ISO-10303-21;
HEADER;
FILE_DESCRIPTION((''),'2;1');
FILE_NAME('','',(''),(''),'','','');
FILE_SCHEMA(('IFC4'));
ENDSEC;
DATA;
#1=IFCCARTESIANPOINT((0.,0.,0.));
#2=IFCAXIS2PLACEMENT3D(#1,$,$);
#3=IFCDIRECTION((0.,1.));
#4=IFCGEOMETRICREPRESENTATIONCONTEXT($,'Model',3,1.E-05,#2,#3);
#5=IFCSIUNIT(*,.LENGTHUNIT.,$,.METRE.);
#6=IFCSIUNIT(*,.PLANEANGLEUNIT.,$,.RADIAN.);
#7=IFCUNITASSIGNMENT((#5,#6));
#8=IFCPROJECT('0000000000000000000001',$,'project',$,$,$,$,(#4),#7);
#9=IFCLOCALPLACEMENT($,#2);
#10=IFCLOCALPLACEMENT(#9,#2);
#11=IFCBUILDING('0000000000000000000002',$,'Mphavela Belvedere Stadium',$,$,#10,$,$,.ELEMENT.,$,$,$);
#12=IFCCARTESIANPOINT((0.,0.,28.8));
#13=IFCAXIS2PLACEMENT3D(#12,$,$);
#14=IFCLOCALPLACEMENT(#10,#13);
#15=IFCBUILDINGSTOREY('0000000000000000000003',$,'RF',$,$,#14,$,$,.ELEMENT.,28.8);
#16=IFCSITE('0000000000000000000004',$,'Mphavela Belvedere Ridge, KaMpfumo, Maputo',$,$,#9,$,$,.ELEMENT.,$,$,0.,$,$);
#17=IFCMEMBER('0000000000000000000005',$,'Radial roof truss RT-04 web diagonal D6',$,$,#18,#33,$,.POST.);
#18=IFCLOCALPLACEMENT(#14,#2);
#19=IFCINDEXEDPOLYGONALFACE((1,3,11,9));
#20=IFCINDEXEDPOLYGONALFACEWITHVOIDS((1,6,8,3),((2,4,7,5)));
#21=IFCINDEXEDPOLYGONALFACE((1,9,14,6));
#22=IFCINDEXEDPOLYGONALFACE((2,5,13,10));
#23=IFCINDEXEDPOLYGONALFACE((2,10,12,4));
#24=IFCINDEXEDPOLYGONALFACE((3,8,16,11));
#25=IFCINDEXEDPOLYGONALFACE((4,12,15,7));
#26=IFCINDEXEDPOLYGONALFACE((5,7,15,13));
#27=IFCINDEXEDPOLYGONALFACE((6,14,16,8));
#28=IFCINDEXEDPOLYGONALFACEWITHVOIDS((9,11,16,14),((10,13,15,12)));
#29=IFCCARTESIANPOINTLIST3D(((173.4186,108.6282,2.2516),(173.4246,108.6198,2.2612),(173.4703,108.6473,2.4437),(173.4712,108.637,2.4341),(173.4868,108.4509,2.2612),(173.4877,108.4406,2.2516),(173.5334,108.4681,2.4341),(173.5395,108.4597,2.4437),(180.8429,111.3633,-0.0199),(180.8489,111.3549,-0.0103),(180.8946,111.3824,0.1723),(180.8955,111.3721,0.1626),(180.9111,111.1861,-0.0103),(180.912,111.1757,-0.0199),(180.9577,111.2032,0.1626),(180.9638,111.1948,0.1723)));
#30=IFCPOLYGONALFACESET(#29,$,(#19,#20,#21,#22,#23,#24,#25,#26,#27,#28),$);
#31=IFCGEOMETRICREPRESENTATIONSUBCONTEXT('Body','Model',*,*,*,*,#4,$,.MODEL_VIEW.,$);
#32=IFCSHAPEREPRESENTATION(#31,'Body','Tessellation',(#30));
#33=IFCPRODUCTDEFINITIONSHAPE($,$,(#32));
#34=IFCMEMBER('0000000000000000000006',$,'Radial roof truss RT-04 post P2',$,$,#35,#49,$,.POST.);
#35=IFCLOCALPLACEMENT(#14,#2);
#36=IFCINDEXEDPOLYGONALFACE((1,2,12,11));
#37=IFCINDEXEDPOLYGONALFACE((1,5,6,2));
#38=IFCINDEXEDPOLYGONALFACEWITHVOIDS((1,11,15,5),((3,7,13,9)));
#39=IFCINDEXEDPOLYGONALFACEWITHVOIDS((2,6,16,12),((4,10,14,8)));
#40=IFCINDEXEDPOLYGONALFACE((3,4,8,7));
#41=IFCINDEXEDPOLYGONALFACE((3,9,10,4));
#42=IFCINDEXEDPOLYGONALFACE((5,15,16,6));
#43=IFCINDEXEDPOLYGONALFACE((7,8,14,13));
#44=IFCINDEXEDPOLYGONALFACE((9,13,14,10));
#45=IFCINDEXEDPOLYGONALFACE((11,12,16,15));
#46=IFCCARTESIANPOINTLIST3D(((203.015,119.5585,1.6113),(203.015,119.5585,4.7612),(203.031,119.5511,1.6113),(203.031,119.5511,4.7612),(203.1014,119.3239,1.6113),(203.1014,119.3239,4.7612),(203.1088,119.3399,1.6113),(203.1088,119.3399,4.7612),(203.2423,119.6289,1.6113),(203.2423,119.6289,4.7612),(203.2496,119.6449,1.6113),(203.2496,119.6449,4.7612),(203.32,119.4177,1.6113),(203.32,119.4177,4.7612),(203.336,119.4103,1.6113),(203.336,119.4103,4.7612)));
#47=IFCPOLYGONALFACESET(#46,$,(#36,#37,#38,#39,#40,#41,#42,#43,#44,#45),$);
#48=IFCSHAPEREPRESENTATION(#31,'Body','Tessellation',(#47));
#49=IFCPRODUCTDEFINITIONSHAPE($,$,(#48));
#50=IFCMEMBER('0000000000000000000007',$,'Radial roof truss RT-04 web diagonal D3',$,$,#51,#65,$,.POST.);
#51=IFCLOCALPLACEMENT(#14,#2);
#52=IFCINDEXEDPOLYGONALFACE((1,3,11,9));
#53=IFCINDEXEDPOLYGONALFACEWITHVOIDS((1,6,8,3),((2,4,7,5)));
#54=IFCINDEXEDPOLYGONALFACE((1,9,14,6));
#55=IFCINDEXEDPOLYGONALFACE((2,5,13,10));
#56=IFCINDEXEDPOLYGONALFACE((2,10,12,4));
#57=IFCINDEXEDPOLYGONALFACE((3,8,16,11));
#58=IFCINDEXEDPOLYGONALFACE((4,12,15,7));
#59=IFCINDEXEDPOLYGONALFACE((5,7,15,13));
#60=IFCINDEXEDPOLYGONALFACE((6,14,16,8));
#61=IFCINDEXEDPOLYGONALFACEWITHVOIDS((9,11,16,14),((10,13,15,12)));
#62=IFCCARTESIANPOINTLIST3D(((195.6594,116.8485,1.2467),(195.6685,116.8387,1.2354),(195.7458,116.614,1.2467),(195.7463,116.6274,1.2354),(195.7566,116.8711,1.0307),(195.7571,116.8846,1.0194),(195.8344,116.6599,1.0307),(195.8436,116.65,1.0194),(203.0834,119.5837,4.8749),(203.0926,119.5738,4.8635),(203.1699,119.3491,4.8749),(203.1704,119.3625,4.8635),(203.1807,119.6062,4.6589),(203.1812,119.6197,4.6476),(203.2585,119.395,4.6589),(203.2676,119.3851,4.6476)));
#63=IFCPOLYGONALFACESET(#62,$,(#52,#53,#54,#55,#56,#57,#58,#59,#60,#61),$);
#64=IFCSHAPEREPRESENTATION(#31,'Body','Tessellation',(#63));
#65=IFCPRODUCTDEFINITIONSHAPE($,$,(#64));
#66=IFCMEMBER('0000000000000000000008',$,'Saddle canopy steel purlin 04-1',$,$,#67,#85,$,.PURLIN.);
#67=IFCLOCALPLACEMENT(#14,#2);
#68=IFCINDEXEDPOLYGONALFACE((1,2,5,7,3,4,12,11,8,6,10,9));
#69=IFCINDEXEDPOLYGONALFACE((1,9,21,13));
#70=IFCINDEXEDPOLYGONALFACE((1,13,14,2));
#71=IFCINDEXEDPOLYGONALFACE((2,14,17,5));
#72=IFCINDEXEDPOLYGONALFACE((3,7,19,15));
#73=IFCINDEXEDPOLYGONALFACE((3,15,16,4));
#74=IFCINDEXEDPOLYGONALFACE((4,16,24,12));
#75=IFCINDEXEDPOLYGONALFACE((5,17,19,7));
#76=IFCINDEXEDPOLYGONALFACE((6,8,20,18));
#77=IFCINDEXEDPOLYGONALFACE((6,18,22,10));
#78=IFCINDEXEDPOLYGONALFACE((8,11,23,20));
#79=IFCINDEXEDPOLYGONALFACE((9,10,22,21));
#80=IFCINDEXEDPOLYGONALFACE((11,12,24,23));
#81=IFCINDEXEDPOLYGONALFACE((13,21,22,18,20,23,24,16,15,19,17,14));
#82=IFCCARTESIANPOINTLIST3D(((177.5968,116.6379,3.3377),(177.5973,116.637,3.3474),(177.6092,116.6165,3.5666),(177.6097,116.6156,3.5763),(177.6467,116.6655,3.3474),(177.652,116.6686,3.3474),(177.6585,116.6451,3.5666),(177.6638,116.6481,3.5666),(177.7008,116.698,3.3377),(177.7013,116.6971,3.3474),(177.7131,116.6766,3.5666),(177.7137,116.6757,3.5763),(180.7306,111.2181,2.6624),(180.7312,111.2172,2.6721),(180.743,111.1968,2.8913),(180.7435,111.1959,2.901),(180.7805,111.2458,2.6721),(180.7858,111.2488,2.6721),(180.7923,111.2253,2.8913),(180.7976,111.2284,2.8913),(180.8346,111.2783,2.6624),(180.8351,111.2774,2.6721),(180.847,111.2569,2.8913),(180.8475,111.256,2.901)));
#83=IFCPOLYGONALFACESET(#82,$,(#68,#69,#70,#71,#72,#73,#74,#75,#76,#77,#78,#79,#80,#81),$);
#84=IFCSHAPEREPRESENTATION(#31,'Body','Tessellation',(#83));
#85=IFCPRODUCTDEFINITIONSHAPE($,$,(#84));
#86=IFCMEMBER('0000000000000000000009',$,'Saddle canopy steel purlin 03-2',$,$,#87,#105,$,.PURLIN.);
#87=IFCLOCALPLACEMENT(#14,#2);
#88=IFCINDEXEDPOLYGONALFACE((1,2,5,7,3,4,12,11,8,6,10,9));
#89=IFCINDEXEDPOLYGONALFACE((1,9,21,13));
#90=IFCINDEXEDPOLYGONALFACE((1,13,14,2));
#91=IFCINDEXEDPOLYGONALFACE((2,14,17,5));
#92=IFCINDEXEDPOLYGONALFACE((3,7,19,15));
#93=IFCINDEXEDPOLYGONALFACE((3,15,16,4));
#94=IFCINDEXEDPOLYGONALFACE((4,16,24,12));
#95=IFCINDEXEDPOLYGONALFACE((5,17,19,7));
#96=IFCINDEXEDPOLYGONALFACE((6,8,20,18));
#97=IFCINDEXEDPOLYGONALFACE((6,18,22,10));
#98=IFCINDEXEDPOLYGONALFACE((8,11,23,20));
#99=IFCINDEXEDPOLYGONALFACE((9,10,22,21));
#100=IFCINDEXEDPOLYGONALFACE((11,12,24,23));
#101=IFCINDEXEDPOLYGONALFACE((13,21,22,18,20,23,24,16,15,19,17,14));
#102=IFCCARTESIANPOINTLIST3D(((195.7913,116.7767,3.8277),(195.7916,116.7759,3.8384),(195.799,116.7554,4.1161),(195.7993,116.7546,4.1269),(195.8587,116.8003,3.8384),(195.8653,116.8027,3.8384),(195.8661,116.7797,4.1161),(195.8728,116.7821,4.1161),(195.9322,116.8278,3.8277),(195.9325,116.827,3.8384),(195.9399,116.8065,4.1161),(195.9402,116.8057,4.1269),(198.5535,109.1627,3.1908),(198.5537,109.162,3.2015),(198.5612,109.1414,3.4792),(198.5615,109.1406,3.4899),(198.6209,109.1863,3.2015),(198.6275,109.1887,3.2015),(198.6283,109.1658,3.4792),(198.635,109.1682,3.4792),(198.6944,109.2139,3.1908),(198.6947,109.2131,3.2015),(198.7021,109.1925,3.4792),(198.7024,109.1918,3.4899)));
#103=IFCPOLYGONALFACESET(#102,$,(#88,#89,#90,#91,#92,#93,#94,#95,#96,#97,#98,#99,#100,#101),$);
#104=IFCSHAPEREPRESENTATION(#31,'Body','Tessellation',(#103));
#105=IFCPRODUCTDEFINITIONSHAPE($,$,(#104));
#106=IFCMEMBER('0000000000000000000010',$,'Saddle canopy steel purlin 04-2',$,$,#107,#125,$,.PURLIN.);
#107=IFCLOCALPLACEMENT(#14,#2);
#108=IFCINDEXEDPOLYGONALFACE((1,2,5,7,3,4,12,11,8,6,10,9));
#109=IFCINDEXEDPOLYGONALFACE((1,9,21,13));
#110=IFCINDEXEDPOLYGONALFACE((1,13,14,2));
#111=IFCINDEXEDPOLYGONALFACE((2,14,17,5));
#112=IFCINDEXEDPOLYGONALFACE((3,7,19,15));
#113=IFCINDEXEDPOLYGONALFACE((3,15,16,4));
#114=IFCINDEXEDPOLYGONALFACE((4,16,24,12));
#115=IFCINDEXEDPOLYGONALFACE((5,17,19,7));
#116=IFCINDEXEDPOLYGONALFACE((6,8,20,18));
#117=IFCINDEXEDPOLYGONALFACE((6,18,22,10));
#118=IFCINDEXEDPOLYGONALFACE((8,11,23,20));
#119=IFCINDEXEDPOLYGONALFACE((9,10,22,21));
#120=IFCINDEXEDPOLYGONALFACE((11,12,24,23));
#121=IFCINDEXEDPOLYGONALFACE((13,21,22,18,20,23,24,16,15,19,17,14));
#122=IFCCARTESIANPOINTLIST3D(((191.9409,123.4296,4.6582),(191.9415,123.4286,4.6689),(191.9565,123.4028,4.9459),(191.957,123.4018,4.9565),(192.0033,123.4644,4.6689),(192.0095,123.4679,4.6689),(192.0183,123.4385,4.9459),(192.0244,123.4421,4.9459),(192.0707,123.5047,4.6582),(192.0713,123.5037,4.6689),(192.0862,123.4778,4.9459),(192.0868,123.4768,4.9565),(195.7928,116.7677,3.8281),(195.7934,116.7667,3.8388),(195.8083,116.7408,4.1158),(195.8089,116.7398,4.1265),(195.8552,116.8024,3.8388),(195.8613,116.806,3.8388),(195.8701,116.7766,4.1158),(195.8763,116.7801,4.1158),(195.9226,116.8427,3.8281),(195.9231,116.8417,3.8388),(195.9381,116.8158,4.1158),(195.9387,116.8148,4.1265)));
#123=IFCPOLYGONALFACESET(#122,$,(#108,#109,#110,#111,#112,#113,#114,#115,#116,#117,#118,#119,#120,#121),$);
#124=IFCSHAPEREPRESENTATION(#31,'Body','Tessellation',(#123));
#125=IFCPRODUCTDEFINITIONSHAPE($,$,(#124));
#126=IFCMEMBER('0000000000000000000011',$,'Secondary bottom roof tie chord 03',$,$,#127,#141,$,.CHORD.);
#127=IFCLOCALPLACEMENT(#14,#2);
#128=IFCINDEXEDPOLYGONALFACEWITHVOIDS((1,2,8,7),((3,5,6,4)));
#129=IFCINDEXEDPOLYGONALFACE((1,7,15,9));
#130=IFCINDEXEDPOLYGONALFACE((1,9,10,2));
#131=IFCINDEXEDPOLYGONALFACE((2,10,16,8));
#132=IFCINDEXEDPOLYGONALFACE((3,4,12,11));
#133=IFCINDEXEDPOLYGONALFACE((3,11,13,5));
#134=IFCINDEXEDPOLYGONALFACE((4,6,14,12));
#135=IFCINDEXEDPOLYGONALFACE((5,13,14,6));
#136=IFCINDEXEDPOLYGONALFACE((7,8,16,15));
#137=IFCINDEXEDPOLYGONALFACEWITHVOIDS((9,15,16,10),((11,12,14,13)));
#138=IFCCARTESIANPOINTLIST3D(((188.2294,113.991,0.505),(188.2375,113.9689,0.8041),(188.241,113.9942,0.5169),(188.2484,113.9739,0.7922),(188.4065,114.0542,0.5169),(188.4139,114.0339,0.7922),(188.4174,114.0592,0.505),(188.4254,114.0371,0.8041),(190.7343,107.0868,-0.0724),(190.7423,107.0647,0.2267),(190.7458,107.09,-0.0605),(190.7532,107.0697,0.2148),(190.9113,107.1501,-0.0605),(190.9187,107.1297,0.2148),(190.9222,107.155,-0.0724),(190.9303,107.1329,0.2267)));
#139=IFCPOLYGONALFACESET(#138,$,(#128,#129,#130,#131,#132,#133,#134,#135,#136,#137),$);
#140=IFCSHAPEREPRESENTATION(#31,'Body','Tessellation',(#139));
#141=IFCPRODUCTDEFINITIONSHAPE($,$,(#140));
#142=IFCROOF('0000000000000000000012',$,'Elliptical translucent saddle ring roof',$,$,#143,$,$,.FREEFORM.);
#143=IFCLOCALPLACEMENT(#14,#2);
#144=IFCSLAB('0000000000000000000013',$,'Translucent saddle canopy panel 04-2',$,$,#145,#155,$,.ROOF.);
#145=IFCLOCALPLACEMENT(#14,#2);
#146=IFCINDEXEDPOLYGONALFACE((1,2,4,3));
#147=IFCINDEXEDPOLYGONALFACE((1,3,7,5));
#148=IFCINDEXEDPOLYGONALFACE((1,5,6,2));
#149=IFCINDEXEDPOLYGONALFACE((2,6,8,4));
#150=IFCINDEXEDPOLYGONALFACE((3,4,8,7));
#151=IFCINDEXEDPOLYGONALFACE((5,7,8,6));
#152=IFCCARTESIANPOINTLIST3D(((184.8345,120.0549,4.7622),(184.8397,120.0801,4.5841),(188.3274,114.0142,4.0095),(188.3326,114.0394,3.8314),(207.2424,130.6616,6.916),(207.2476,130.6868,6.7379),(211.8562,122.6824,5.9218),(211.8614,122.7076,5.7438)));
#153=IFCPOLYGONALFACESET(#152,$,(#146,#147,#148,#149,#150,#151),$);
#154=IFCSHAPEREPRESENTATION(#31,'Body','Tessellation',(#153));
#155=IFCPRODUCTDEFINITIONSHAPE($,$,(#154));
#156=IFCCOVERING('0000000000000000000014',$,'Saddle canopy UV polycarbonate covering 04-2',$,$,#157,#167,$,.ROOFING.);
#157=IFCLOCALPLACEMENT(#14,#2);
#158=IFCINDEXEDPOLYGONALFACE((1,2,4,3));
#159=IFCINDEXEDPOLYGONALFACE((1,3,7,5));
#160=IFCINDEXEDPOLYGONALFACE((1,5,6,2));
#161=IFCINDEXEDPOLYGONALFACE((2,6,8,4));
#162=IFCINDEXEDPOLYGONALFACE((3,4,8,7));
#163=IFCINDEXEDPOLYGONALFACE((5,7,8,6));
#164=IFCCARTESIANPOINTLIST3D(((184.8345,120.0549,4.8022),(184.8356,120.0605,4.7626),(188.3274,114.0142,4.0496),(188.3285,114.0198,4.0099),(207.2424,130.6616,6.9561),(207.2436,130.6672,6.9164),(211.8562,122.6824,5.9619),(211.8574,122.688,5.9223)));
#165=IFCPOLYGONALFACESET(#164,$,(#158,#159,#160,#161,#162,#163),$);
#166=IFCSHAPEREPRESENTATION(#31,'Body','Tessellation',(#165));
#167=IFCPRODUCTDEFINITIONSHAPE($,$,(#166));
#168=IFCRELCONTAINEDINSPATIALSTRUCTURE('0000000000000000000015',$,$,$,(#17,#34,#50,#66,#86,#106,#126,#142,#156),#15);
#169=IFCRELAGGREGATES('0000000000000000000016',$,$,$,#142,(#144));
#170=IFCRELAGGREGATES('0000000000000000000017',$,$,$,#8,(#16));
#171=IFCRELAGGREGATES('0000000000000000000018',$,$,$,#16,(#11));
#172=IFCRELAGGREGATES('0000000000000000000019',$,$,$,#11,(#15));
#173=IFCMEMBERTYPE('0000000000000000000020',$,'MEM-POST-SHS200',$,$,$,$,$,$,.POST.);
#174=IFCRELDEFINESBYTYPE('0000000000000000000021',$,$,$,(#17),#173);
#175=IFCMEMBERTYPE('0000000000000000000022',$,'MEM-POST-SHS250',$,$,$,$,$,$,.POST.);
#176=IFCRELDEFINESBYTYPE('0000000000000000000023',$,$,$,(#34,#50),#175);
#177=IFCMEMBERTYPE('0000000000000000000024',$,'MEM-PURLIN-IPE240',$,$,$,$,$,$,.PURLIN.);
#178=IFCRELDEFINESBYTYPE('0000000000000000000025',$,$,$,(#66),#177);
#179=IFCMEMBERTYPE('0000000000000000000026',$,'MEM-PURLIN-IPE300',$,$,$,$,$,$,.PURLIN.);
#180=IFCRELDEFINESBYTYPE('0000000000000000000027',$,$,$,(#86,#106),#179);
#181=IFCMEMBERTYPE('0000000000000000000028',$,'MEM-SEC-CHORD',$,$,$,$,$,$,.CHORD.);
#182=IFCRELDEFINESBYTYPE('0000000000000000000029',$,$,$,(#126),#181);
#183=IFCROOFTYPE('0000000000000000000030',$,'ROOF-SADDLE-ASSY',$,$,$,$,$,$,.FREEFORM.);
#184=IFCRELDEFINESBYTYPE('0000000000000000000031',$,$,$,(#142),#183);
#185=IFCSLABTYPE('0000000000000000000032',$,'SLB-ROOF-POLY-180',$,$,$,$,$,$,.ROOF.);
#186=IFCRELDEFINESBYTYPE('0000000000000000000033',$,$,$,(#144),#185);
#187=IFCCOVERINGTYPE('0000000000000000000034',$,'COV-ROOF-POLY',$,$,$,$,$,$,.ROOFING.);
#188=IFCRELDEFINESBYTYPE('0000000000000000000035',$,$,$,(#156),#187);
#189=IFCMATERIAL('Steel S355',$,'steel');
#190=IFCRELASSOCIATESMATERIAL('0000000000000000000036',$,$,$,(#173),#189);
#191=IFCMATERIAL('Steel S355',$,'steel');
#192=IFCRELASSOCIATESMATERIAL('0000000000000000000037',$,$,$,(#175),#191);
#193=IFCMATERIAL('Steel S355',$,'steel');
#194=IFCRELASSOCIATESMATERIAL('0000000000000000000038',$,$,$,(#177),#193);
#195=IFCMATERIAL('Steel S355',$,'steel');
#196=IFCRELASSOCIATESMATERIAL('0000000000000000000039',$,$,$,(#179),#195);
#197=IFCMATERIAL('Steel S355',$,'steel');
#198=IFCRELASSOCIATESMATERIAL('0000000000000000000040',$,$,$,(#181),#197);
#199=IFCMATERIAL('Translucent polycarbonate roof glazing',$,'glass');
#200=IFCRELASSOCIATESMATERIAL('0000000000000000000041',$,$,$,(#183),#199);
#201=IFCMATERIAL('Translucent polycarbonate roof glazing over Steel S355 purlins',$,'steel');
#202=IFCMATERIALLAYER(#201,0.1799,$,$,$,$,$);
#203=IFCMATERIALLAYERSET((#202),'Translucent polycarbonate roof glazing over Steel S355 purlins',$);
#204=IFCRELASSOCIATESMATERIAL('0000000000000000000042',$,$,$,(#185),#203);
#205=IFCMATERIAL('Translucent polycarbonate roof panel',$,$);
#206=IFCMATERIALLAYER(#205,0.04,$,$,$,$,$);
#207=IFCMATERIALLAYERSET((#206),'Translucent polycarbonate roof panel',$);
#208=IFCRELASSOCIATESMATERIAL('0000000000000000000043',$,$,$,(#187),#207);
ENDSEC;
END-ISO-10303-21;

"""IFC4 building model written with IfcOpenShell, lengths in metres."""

from ifc_helpers import new_model, si_unit, direction, frame, origin, origin_2d, place, context, subcontext, project, spatial, polyline, hollow_rectangle, i_section, outline, extrude, material, layer, layer_set, material_profile, profile_set, type_object, element, aggregate, save


model = new_model("IFC4")

# Units and contexts
model_context = context("Model", 3, precision=1e-05, world=origin(), true_north=direction((0.0, 1.0)))
body_context = subcontext(model_context, "Body", "Model", "MODEL_VIEW")
ifc_project = project(units=[si_unit("LENGTHUNIT", "METRE"), si_unit("PLANEANGLEUNIT", "RADIAN")], contexts=[model_context])

# Site, building, storey
site_placement = place(None, origin())
site = spatial("IfcSite", under=ifc_project, at=site_placement, Name="Mphavela Belvedere Ridge, KaMpfumo, Maputo", CompositionType="ELEMENT", RefElevation=0.0)
building_placement = place(site_placement, origin())
building = spatial("IfcBuilding", under=site, at=building_placement, Name="Mphavela Belvedere Stadium", CompositionType="ELEMENT")
storey_placement = place(building_placement, frame((0.0, 0.0, 28.8)))
storey = spatial("IfcBuildingStorey", under=building, at=storey_placement, Name="RF", CompositionType="ELEMENT", Elevation=28.8)

# Members
ifc_material_1 = material(Name="Steel S355", Category="steel")
ifc_material_profile_1 = material_profile(ifc_material_1, hollow_rectangle(XDim=0.2, YDim=0.2, WallThickness=0.01, at=origin_2d()), Name="SHS 200x200x10")
ifc_profile_set_1 = profile_set([ifc_material_profile_1], Name="Steel S355")
member_type_1 = type_object("IfcMemberType", Name="MEM-POST-SHS200", PredefinedType="POST", material=ifc_profile_set_1)
member_1_placement = place(storey_placement, frame((180.9033, 111.2791, 0.0762), z_axis=(-0.901917, -0.332265, 0.275943), x_axis=(0.345687, -0.93835, 0.0)))
element("IfcMember", 1, at=member_1_placement, inside=storey, type_object=member_type_1, Name="Radial roof truss RT-04 web diagonal D6", PredefinedType="POST", context=body_context, shape_type="SweptSolid", body=[
    extrude(hollow_rectangle(XDim=0.2, YDim=0.2, WallThickness=0.01, at=origin_2d()), origin(), (0.0, 0.0, 1.0), 8.2317),
])
ifc_material_2 = material(Name="Steel S355", Category="steel")
ifc_material_profile_2 = material_profile(ifc_material_2, hollow_rectangle(XDim=0.25, YDim=0.25, WallThickness=0.0125, at=origin_2d()), Name="SHS 250x250x12.5")
ifc_profile_set_2 = profile_set([ifc_material_profile_2], Name="Steel S355")
member_type_2 = type_object("IfcMemberType", Name="MEM-POST-SHS250", PredefinedType="POST", material=ifc_profile_set_2)
member_2_placement = place(storey_placement, frame((203.1755, 119.4844, 1.6113), z_axis=(0.0, 0.0, 1.0), x_axis=(0.938372, 0.345626, 0.0)))
element("IfcMember", 2, at=member_2_placement, inside=storey, type_object=member_type_2, Name="Radial roof truss RT-04 post P2", PredefinedType="POST", context=body_context, shape_type="SweptSolid", body=[
    extrude(hollow_rectangle(XDim=0.25, YDim=0.25, WallThickness=0.0125, at=origin_2d()), origin(), (0.0, 0.0, 1.0), 3.1499),
])
member_3_placement = place(storey_placement, frame((203.1755, 119.4844, 4.7612), z_axis=(-0.85294, -0.314232, -0.416835), x_axis=(0.345697, -0.938346, 0.0)))
element("IfcMember", 3, at=member_3_placement, inside=storey, type_object=member_type_2, Name="Radial roof truss RT-04 web diagonal D3", PredefinedType="POST", context=body_context, shape_type="SweptSolid", body=[
    extrude(hollow_rectangle(XDim=0.25, YDim=0.25, WallThickness=0.0125, at=origin_2d()), origin(), (0.0, 0.0, 1.0), 8.7041),
])
ifc_material_3 = material(Name="Steel S355", Category="steel")
ifc_material_profile_3 = material_profile(ifc_material_3, i_section(OverallWidth=0.1201, OverallDepth=0.24, WebThickness=0.0061, FlangeThickness=0.0098, at=origin_2d()), Name="IPE 240")
ifc_profile_set_3 = profile_set([ifc_material_profile_3], Name="Steel S355")
member_type_3 = type_object("IfcMemberType", Name="MEM-PURLIN-IPE240", PredefinedType="PURLIN", material=ifc_profile_set_3)
member_4_placement = place(storey_placement, frame((180.7891, 111.2371, 2.7817), z_axis=(-0.49768, 0.860705, 0.107244), x_axis=(-0.865698, -0.500567, 0.0)))
element("IfcMember", 4, at=member_4_placement, inside=storey, type_object=member_type_3, Name="Saddle canopy steel purlin 04-1", PredefinedType="PURLIN", context=body_context, shape_type="SweptSolid", body=[
    extrude(i_section(OverallWidth=0.1201, OverallDepth=0.24, WebThickness=0.0061, FlangeThickness=0.0098, at=origin_2d()), origin(), (0.0, 0.0, 1.0), 6.2969),
])
ifc_material_4 = material(Name="Steel S355", Category="steel")
ifc_material_profile_4 = material_profile(ifc_material_4, i_section(OverallWidth=0.1499, OverallDepth=0.3, WebThickness=0.0071, FlangeThickness=0.0107, at=origin_2d()), Name="IPE 300")
ifc_profile_set_4 = profile_set([ifc_material_profile_4], Name="Steel S355")
member_type_4 = type_object("IfcMemberType", Name="MEM-PURLIN-IPE300", PredefinedType="PURLIN", material=ifc_profile_set_4)
member_5_placement = place(storey_placement, frame((198.6279, 109.1772, 3.3403), z_axis=(-0.339982, 0.937158, 0.0784), x_axis=(-0.940052, -0.341031, 0.0)))
element("IfcMember", 5, at=member_5_placement, inside=storey, type_object=member_type_4, Name="Saddle canopy steel purlin 03-2", PredefinedType="PURLIN", context=body_context, shape_type="SweptSolid", body=[
    extrude(i_section(OverallWidth=0.1499, OverallDepth=0.3, WebThickness=0.0071, FlangeThickness=0.0107, at=origin_2d()), origin(), (0.0, 0.0, 1.0), 8.1245),
])
member_6_placement = place(storey_placement, frame((195.8657, 116.7913, 3.9773), z_axis=(-0.497657, 0.860718, 0.107247), x_axis=(-0.865711, -0.500543, 0.0)))
element("IfcMember", 6, at=member_6_placement, inside=storey, type_object=member_type_4, Name="Saddle canopy steel purlin 04-2", PredefinedType="PURLIN", context=body_context, shape_type="SweptSolid", body=[
    extrude(i_section(OverallWidth=0.1499, OverallDepth=0.3, WebThickness=0.0071, FlangeThickness=0.0107, at=origin_2d()), origin(), (0.0, 0.0, 1.0), 7.74),
])
ifc_material_5 = material(Name="Steel S355", Category="steel")
ifc_material_profile_5 = material_profile(ifc_material_5, hollow_rectangle(XDim=0.2, YDim=0.3, WallThickness=0.012, at=origin_2d()), Name="RHS 300x200x12")
ifc_profile_set_5 = profile_set([ifc_material_profile_5], Name="Steel S355")
member_type_5 = type_object("IfcMemberType", Name="MEM-SEC-CHORD", PredefinedType="CHORD", material=ifc_profile_set_5)
member_7_placement = place(storey_placement, frame((190.8323, 107.1099, 0.0771), z_axis=(-0.34, 0.937154, 0.078372), x_axis=(-0.940046, -0.341049, 0.0)))
element("IfcMember", 7, at=member_7_placement, inside=storey, type_object=member_type_5, Name="Secondary bottom roof tie chord 03", PredefinedType="CHORD", context=body_context, shape_type="SweptSolid", body=[
    extrude(hollow_rectangle(XDim=0.2, YDim=0.3, WallThickness=0.012, at=origin_2d()), origin(), (0.0, 0.0, 1.0), 7.3672),
])

# Roof, slab
ifc_material_6 = material(Name="Translucent polycarbonate roof glazing", Category="glass")
roof_type = type_object("IfcRoofType", Name="ROOF-SADDLE-ASSY", PredefinedType="FREEFORM", material=ifc_material_6)
roof_placement = place(storey_placement, origin())
roof = element("IfcRoof", 8, at=roof_placement, inside=storey, type_object=roof_type, Name="Elliptical translucent saddle ring roof", PredefinedType="FREEFORM")
ifc_material_7 = material(Name="Translucent polycarbonate roof glazing over Steel S355 purlins", Category="steel")
ifc_layer_1 = layer(ifc_material_7, 0.1799)
ifc_layer_set_1 = layer_set([ifc_layer_1], Name="Translucent polycarbonate roof glazing over Steel S355 purlins")
slab_type = type_object("IfcSlabType", Name="SLB-ROOF-POLY-180", PredefinedType="ROOF", material=ifc_layer_set_1)
slab_1_placement = place(storey_placement, frame((188.3274, 114.0142, 4.0095), z_axis=(-0.028862, -0.140004, 0.98973), x_axis=(-0.49768, 0.860706, 0.10724)))
slab_1 = element("IfcSlab", 9, at=slab_1_placement, type_object=slab_type, Name="Translucent saddle canopy panel 04-2", PredefinedType="ROOF", context=body_context, shape_type="SweptSolid", body=[
    extrude(outline(polyline([(0.0, 0.0), (7.0184, 0.0), (5.2266, -24.8203), (-4.044, -24.8203), (0.0, 0.0)])), origin(), (0.0, 0.0, -1.0), 0.1799),
])
aggregate(roof, [slab_1])

# Covering
ifc_material_8 = material(Name="Translucent polycarbonate roof panel")
ifc_layer_2 = layer(ifc_material_8, 0.04)
ifc_layer_set_2 = layer_set([ifc_layer_2], Name="Translucent polycarbonate roof panel")
covering_type = type_object("IfcCoveringType", Name="COV-ROOF-POLY", PredefinedType="ROOFING", material=ifc_layer_set_2)
covering_1_placement = place(storey_placement, frame((188.3274, 114.0142, 4.0496), z_axis=(-0.028862, -0.140004, 0.98973), x_axis=(-0.49768, 0.860706, 0.10724)))
element("IfcCovering", 10, at=covering_1_placement, inside=storey, type_object=covering_type, Name="Saddle canopy UV polycarbonate covering 04-2", PredefinedType="ROOFING", context=body_context, shape_type="SweptSolid", body=[
    extrude(outline(polyline([(0.0, 0.0), (7.0184, 0.0), (5.2266, -24.8203), (-4.044, -24.8203), (0.0, 0.0)])), origin(), (0.0, 0.0, -1.0), 0.04),
])

save(model, "model.ifc")
